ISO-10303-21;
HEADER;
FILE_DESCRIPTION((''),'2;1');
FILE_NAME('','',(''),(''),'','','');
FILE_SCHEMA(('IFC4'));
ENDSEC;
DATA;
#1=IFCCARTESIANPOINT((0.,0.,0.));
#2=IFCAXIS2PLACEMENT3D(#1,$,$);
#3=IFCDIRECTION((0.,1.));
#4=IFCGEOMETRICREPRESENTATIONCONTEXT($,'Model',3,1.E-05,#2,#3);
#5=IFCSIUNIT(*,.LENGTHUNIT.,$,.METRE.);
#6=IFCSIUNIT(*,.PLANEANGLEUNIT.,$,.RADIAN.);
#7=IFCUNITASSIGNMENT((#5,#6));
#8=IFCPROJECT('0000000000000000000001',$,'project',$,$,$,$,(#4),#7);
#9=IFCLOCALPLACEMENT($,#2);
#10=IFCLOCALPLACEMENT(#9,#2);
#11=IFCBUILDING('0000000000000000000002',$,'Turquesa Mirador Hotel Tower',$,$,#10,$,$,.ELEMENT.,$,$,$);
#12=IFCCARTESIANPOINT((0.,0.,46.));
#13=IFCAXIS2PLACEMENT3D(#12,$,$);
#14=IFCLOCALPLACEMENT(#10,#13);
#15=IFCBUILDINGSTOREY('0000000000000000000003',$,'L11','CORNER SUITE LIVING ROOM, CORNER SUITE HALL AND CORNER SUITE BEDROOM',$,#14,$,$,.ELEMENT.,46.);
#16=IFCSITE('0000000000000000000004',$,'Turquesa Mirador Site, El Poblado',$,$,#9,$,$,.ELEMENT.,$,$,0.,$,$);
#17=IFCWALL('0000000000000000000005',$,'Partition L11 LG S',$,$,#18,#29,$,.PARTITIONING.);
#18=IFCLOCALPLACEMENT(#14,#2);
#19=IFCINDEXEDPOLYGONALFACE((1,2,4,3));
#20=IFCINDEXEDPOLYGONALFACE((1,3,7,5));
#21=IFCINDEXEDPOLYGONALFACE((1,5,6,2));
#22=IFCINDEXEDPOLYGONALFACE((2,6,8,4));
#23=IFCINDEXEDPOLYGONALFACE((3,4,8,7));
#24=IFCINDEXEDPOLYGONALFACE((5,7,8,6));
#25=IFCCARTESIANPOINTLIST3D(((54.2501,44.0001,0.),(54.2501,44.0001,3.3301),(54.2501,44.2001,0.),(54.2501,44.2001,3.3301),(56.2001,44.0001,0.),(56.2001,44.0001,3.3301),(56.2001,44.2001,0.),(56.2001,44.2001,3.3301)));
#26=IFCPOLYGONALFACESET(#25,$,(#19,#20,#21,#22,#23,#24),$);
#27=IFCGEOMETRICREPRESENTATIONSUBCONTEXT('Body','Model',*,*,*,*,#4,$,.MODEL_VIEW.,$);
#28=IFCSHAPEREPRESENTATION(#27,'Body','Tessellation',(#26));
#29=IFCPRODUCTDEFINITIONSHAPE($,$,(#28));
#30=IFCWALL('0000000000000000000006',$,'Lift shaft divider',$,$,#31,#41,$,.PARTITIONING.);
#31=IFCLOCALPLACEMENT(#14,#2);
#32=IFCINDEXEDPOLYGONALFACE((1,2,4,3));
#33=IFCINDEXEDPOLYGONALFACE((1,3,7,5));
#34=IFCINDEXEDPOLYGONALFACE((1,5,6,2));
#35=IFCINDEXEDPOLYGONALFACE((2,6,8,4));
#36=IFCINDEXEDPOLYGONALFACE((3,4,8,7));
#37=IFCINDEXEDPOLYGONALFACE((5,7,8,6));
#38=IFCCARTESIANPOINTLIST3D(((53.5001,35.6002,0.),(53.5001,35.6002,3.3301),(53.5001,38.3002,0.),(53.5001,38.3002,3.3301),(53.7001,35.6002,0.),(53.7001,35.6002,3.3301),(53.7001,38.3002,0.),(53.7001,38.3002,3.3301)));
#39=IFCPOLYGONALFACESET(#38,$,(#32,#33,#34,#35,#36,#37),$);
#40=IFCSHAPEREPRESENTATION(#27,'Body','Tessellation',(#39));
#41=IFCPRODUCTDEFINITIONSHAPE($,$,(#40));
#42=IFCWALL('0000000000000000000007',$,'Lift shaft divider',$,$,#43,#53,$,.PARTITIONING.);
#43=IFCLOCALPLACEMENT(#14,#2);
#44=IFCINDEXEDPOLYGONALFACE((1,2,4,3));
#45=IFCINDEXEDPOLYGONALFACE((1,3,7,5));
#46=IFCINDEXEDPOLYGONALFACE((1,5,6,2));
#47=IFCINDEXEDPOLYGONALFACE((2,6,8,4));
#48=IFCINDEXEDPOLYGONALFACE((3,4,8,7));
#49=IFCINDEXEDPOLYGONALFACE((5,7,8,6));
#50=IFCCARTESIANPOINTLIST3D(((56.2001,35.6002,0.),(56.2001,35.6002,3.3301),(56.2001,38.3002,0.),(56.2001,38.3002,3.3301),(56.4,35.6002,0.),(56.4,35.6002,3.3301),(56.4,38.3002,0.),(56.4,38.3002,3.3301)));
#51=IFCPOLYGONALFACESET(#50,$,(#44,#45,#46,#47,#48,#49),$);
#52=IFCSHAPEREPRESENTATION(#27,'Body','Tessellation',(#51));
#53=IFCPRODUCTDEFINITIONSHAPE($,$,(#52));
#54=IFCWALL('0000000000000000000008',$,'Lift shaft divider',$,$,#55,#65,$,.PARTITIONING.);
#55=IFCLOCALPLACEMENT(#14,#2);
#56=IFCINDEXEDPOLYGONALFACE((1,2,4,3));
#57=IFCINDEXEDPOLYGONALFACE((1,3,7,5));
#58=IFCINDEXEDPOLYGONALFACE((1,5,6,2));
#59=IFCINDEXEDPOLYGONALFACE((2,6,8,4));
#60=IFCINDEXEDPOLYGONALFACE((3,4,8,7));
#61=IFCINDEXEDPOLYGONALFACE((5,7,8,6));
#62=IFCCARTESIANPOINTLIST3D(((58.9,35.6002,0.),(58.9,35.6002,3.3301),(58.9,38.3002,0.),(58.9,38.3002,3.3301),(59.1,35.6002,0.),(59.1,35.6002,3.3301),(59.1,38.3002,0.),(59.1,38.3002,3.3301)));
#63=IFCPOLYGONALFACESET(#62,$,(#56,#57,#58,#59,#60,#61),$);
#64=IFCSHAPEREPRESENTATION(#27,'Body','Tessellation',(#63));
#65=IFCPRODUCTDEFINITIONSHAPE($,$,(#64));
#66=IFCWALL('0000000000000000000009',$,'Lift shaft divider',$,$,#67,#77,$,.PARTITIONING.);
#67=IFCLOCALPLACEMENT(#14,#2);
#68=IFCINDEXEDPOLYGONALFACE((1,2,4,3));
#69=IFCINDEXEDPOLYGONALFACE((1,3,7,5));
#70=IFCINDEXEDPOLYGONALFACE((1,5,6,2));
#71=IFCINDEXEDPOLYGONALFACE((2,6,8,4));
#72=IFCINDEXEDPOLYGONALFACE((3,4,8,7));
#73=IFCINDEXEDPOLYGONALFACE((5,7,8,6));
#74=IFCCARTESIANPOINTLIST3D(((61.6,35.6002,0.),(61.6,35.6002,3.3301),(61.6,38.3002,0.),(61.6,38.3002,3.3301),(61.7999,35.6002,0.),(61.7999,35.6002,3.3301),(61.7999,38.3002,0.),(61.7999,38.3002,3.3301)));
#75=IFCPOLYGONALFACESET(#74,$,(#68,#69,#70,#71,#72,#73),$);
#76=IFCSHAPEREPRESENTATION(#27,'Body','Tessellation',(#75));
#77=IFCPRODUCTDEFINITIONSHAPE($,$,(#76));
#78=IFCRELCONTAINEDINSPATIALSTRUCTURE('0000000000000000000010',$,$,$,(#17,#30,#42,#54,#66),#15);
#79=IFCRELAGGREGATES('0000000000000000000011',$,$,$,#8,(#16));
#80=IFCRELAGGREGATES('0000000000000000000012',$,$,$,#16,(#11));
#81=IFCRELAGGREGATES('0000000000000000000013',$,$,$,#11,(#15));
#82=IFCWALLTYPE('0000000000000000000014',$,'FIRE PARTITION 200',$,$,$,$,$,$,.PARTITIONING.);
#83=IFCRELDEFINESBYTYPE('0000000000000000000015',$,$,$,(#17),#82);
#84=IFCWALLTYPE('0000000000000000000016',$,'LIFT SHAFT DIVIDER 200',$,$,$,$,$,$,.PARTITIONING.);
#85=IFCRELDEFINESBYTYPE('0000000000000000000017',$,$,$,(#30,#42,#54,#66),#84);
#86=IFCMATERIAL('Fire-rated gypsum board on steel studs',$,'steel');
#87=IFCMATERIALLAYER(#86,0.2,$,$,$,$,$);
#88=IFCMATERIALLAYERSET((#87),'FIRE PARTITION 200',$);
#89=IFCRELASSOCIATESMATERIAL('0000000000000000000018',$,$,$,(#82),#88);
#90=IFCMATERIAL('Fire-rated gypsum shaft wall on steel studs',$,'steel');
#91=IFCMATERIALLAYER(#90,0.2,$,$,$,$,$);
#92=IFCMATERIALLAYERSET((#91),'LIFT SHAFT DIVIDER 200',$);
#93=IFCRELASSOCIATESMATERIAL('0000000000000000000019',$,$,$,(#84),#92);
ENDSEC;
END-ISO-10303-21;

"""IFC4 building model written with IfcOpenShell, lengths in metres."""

from ifc_helpers import new_model, si_unit, direction, frame, frame_2d, origin, place, context, subcontext, project, spatial, rectangle, extrude, material, layer, layer_set, type_object, element, save


model = new_model("IFC4")

# Units and contexts
model_context = context("Model", 3, precision=1e-05, world=origin(), true_north=direction((0.0, 1.0)))
body_context = subcontext(model_context, "Body", "Model", "MODEL_VIEW")
ifc_project = project(units=[si_unit("LENGTHUNIT", "METRE"), si_unit("PLANEANGLEUNIT", "RADIAN")], contexts=[model_context])

# Site, building, storey
site_placement = place(None, origin())
site = spatial("IfcSite", under=ifc_project, at=site_placement, Name="Turquesa Mirador Site, El Poblado", CompositionType="ELEMENT", RefElevation=0.0)
building_placement = place(site_placement, origin())
building = spatial("IfcBuilding", under=site, at=building_placement, Name="Turquesa Mirador Hotel Tower", CompositionType="ELEMENT")
storey_placement = place(building_placement, frame((0.0, 0.0, 46.0)))
storey = spatial("IfcBuildingStorey", under=building, at=storey_placement, Name="L11", Description="CORNER SUITE LIVING ROOM, CORNER SUITE HALL AND CORNER SUITE BEDROOM", CompositionType="ELEMENT", Elevation=46.0)

# Shared definitions
ifc_material_1 = material(Name="Fire-rated gypsum board on steel studs", Category="steel")
ifc_layer_1 = layer(ifc_material_1, 0.2)
ifc_layer_set_1 = layer_set([ifc_layer_1], Name="FIRE PARTITION 200")
wall_type_1 = type_object("IfcWallType", Name="FIRE PARTITION 200", PredefinedType="PARTITIONING", material=ifc_layer_set_1)

# Walls
for number, where, z_axis, x_axis, name in (
    (1, (54.25, 44.1001, 0.0), (0.0, 0.0, 1.0), (1.0, 0.0, 0.0), "Partition L11 LG S"),
):
    element("IfcWall", number, at=place(storey_placement, frame(where, z_axis=z_axis, x_axis=x_axis)), inside=storey, type_object=wall_type_1, Name=name, PredefinedType="PARTITIONING", context=body_context, shape_type="SweptSolid", body=[
        extrude(rectangle(XDim=1.95, YDim=0.2, at=frame_2d((0.9751, 0.0))), origin(), (0.0, 0.0, 1.0), 3.3301),
    ])
ifc_material_2 = material(Name="Fire-rated gypsum shaft wall on steel studs", Category="steel")
ifc_layer_2 = layer(ifc_material_2, 0.2)
ifc_layer_set_2 = layer_set([ifc_layer_2], Name="LIFT SHAFT DIVIDER 200")
wall_type_2 = type_object("IfcWallType", Name="LIFT SHAFT DIVIDER 200", PredefinedType="PARTITIONING", material=ifc_layer_set_2)
for number, where, z_axis, x_axis, name in (
    (2, (53.6001, 35.6001, 0.0), (0.0, 0.0, 1.0), (0.0, 1.0, 0.0), "Lift shaft divider"),
    (3, (56.3, 35.6001, 0.0), (0.0, 0.0, 1.0), (0.0, 1.0, 0.0), "Lift shaft divider"),
    (4, (59.0, 35.6001, 0.0), (0.0, 0.0, 1.0), (0.0, 1.0, 0.0), "Lift shaft divider"),
    (5, (61.7, 35.6001, 0.0), (0.0, 0.0, 1.0), (0.0, 1.0, 0.0), "Lift shaft divider"),
):
    element("IfcWall", number, at=place(storey_placement, frame(where, z_axis=z_axis, x_axis=x_axis)), inside=storey, type_object=wall_type_2, Name=name, PredefinedType="PARTITIONING", context=body_context, shape_type="SweptSolid", body=[
        extrude(rectangle(XDim=2.7, YDim=0.2, at=frame_2d((1.3501, 0.0))), origin(), (0.0, 0.0, 1.0), 3.3301),
    ])

save(model, "model.ifc")
